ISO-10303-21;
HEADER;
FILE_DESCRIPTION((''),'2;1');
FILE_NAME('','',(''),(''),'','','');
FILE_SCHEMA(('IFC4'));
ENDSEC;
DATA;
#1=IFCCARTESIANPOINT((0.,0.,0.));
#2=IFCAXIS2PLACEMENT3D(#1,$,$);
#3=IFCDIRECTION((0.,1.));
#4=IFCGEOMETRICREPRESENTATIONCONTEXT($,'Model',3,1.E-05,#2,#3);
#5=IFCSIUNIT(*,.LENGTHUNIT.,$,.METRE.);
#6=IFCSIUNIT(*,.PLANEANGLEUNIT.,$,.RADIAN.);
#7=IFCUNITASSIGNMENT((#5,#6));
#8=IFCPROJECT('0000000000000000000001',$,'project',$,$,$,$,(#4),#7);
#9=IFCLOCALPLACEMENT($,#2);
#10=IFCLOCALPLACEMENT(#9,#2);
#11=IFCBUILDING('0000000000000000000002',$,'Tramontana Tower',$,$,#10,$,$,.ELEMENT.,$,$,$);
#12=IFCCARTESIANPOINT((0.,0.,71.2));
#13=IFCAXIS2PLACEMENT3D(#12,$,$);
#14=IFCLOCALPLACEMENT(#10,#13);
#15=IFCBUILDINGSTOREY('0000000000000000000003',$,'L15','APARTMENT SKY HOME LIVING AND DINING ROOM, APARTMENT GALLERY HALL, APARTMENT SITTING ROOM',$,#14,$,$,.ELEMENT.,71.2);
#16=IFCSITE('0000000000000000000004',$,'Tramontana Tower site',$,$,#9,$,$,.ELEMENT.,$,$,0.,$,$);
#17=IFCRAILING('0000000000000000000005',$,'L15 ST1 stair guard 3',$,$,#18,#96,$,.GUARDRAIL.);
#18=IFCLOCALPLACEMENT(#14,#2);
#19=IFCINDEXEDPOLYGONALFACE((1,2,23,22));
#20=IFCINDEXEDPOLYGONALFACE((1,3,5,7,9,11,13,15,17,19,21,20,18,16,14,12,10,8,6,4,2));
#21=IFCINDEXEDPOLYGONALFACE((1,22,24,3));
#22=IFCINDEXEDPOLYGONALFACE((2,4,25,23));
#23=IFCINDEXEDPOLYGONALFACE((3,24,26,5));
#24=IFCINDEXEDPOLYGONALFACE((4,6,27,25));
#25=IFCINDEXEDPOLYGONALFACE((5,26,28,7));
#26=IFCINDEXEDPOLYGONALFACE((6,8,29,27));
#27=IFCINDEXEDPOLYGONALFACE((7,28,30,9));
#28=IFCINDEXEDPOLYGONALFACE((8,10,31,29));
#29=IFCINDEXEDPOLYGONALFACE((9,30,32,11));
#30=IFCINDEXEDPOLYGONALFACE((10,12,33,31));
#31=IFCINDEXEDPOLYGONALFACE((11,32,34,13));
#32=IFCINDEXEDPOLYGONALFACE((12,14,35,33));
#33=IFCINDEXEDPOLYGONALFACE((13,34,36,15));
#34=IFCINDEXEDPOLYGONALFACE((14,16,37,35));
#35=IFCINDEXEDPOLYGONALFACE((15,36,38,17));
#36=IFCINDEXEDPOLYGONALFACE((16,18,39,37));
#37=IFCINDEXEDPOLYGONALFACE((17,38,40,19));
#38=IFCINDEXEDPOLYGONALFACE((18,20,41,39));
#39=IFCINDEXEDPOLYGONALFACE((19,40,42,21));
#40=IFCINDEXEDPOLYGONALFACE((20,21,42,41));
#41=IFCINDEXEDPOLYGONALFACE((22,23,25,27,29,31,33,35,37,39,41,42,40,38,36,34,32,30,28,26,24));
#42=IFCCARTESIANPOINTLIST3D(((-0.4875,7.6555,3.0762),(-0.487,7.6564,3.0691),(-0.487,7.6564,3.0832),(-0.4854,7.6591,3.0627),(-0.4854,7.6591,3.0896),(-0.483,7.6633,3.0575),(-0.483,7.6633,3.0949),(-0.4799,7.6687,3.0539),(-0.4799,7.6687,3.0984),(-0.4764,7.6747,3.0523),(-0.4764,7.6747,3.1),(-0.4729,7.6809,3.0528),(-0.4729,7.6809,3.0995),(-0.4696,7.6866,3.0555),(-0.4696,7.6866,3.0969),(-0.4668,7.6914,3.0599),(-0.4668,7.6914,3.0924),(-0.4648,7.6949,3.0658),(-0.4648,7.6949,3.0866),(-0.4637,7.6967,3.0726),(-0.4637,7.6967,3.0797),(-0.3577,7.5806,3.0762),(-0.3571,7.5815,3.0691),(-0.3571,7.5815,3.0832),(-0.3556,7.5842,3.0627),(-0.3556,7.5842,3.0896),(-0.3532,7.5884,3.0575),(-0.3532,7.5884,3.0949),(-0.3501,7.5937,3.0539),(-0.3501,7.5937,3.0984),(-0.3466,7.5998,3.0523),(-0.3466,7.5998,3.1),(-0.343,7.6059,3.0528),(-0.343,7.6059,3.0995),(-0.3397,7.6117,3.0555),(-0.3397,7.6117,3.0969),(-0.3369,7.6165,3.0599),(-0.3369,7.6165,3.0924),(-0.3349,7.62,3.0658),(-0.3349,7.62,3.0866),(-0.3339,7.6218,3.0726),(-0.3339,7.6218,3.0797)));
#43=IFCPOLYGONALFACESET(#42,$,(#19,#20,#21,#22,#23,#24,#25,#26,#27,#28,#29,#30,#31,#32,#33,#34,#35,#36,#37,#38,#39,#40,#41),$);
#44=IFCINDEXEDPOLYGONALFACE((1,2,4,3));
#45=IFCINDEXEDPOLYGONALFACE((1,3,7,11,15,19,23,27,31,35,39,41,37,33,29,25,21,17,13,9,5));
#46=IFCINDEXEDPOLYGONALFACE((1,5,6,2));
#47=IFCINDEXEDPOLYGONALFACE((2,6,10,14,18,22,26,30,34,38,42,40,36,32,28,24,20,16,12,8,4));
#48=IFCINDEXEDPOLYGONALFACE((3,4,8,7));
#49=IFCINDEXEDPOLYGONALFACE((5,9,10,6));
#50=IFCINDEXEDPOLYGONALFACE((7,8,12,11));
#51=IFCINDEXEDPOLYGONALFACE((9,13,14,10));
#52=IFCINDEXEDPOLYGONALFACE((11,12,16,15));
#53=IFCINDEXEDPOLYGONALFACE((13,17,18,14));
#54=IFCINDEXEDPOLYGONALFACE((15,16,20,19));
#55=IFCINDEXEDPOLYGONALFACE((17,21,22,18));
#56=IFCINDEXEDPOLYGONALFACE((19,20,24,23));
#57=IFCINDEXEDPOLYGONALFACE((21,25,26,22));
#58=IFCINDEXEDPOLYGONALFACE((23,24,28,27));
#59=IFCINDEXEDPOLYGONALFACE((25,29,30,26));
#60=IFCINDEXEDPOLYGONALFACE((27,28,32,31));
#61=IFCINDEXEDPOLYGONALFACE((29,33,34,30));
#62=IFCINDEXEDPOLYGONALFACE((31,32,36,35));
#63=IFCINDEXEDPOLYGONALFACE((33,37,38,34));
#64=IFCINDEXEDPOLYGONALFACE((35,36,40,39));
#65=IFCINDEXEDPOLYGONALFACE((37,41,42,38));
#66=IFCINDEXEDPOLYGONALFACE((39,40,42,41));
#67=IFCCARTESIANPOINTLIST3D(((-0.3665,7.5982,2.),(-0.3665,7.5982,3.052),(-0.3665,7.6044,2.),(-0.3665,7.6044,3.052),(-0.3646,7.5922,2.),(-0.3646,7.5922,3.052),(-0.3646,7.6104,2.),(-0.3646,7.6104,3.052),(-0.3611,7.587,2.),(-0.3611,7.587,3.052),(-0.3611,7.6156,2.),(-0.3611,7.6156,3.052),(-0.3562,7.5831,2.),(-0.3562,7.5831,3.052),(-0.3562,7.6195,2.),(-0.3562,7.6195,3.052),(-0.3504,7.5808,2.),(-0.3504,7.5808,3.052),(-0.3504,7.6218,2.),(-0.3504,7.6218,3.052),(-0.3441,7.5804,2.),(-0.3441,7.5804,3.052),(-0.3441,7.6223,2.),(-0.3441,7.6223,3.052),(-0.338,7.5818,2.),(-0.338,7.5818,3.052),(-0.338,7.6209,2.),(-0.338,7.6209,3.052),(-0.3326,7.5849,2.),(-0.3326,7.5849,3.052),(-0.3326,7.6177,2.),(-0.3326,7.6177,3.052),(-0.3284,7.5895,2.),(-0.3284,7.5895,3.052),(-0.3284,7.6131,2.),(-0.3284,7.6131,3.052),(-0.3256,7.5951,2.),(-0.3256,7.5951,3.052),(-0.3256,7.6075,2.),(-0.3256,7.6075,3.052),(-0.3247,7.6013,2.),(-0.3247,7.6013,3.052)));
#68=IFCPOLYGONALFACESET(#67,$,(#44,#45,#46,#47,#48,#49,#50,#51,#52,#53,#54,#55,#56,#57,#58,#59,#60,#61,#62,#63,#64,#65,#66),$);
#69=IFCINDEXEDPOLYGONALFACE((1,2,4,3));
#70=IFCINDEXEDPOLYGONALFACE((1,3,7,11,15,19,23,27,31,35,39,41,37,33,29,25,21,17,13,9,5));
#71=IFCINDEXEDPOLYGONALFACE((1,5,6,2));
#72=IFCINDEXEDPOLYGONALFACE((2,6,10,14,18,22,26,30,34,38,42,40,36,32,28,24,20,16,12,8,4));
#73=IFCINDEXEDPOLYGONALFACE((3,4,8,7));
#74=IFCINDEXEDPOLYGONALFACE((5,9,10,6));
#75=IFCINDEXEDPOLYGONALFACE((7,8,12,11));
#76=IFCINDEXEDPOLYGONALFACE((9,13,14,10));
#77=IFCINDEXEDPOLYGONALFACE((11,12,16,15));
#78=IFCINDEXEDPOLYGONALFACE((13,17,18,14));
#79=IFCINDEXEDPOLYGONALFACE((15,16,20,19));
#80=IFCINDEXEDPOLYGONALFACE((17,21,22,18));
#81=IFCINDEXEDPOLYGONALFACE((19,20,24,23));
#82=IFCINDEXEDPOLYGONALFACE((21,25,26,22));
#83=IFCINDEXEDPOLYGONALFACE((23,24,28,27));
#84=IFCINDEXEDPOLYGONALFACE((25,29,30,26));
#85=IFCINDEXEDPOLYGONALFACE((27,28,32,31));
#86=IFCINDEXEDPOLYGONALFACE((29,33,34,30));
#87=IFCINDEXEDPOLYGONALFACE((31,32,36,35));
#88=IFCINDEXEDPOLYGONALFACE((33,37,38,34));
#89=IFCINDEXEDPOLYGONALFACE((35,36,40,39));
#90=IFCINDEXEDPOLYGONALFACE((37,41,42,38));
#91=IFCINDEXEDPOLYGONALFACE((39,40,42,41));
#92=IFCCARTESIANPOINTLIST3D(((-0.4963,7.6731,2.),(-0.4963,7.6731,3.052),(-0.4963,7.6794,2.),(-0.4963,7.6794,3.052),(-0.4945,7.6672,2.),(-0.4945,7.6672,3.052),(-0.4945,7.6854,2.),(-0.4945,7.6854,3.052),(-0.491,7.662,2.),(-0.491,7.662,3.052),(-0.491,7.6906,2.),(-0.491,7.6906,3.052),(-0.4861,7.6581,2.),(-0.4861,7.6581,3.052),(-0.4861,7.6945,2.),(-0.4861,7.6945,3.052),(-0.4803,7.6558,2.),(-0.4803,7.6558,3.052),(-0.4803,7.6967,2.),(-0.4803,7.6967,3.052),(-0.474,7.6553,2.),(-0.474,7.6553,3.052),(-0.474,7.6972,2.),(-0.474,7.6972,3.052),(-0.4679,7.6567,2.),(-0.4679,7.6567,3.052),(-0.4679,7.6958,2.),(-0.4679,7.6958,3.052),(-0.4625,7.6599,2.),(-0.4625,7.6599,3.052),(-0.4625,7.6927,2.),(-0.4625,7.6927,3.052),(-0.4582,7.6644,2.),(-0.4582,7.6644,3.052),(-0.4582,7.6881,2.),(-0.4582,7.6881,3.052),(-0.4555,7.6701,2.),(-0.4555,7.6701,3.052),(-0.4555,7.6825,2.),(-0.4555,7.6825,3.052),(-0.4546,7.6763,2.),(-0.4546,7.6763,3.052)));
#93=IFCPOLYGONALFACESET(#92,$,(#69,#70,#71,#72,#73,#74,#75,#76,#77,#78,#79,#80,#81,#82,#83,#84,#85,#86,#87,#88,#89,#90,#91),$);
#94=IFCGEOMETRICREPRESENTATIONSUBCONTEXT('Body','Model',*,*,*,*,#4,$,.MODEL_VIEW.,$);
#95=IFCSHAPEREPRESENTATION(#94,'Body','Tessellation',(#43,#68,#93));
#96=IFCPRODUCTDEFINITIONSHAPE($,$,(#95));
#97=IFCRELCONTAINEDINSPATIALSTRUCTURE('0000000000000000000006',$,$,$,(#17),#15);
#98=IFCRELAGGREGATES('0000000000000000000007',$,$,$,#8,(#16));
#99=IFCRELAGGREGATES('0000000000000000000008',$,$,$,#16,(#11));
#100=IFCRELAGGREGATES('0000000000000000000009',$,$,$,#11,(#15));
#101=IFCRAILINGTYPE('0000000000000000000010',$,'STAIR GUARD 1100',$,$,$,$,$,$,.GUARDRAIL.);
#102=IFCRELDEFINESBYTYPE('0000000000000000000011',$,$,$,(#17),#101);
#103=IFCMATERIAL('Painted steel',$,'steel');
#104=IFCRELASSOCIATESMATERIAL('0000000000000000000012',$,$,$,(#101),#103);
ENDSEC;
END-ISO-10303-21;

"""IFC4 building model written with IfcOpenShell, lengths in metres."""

from ifc_helpers import new_model, si_unit, direction, frame, origin, origin_2d, place, context, subcontext, project, spatial, circle, extrude, material, type_object, element, save


model = new_model("IFC4")

# Units and contexts
model_context = context("Model", 3, precision=1e-05, world=origin(), true_north=direction((0.0, 1.0)))
body_context = subcontext(model_context, "Body", "Model", "MODEL_VIEW")
ifc_project = project(units=[si_unit("LENGTHUNIT", "METRE"), si_unit("PLANEANGLEUNIT", "RADIAN")], contexts=[model_context])

# Site, building, storey
site_placement = place(None, origin())
site = spatial("IfcSite", under=ifc_project, at=site_placement, Name="Tramontana Tower site", CompositionType="ELEMENT", RefElevation=0.0)
building_placement = place(site_placement, origin())
building = spatial("IfcBuilding", under=site, at=building_placement, Name="Tramontana Tower", CompositionType="ELEMENT")
storey_placement = place(building_placement, frame((0.0, 0.0, 71.2)))
storey = spatial("IfcBuildingStorey", under=building, at=storey_placement, Name="L15", Description="APARTMENT SKY HOME LIVING AND DINING ROOM, APARTMENT GALLERY HALL, APARTMENT SITTING ROOM", CompositionType="ELEMENT", Elevation=71.2)

# Railing
ifc_material_1 = material(Name="Painted steel", Category="steel")
railing_type = type_object("IfcRailingType", Name="STAIR GUARD 1100", PredefinedType="GUARDRAIL", material=ifc_material_1)
railing_1_placement = place(storey_placement, frame((-0.3457, 7.6013, 2.0)))
element("IfcRailing", 1, at=railing_1_placement, inside=storey, type_object=railing_type, Name="L15 ST1 stair guard 3", PredefinedType="GUARDRAIL", context=body_context, shape_type="SweptSolid", body=[
    extrude(circle(Radius=0.0239, at=origin_2d()), frame((0.0, 0.0, 1.0762), z_axis=(-0.866131, 0.499816, 0.0), x_axis=(-0.499816, -0.866131, 0.0)), (0.0, 0.0, 1.0), 0.1499),
    extrude(circle(Radius=0.021, at=origin_2d()), origin(), (0.0, 0.0, 1.0), 1.052),
    extrude(circle(Radius=0.021, at=origin_2d()), frame((-0.1299, 0.075, 0.0)), (0.0, 0.0, 1.0), 1.052),
])

save(model, "model.ifc")
